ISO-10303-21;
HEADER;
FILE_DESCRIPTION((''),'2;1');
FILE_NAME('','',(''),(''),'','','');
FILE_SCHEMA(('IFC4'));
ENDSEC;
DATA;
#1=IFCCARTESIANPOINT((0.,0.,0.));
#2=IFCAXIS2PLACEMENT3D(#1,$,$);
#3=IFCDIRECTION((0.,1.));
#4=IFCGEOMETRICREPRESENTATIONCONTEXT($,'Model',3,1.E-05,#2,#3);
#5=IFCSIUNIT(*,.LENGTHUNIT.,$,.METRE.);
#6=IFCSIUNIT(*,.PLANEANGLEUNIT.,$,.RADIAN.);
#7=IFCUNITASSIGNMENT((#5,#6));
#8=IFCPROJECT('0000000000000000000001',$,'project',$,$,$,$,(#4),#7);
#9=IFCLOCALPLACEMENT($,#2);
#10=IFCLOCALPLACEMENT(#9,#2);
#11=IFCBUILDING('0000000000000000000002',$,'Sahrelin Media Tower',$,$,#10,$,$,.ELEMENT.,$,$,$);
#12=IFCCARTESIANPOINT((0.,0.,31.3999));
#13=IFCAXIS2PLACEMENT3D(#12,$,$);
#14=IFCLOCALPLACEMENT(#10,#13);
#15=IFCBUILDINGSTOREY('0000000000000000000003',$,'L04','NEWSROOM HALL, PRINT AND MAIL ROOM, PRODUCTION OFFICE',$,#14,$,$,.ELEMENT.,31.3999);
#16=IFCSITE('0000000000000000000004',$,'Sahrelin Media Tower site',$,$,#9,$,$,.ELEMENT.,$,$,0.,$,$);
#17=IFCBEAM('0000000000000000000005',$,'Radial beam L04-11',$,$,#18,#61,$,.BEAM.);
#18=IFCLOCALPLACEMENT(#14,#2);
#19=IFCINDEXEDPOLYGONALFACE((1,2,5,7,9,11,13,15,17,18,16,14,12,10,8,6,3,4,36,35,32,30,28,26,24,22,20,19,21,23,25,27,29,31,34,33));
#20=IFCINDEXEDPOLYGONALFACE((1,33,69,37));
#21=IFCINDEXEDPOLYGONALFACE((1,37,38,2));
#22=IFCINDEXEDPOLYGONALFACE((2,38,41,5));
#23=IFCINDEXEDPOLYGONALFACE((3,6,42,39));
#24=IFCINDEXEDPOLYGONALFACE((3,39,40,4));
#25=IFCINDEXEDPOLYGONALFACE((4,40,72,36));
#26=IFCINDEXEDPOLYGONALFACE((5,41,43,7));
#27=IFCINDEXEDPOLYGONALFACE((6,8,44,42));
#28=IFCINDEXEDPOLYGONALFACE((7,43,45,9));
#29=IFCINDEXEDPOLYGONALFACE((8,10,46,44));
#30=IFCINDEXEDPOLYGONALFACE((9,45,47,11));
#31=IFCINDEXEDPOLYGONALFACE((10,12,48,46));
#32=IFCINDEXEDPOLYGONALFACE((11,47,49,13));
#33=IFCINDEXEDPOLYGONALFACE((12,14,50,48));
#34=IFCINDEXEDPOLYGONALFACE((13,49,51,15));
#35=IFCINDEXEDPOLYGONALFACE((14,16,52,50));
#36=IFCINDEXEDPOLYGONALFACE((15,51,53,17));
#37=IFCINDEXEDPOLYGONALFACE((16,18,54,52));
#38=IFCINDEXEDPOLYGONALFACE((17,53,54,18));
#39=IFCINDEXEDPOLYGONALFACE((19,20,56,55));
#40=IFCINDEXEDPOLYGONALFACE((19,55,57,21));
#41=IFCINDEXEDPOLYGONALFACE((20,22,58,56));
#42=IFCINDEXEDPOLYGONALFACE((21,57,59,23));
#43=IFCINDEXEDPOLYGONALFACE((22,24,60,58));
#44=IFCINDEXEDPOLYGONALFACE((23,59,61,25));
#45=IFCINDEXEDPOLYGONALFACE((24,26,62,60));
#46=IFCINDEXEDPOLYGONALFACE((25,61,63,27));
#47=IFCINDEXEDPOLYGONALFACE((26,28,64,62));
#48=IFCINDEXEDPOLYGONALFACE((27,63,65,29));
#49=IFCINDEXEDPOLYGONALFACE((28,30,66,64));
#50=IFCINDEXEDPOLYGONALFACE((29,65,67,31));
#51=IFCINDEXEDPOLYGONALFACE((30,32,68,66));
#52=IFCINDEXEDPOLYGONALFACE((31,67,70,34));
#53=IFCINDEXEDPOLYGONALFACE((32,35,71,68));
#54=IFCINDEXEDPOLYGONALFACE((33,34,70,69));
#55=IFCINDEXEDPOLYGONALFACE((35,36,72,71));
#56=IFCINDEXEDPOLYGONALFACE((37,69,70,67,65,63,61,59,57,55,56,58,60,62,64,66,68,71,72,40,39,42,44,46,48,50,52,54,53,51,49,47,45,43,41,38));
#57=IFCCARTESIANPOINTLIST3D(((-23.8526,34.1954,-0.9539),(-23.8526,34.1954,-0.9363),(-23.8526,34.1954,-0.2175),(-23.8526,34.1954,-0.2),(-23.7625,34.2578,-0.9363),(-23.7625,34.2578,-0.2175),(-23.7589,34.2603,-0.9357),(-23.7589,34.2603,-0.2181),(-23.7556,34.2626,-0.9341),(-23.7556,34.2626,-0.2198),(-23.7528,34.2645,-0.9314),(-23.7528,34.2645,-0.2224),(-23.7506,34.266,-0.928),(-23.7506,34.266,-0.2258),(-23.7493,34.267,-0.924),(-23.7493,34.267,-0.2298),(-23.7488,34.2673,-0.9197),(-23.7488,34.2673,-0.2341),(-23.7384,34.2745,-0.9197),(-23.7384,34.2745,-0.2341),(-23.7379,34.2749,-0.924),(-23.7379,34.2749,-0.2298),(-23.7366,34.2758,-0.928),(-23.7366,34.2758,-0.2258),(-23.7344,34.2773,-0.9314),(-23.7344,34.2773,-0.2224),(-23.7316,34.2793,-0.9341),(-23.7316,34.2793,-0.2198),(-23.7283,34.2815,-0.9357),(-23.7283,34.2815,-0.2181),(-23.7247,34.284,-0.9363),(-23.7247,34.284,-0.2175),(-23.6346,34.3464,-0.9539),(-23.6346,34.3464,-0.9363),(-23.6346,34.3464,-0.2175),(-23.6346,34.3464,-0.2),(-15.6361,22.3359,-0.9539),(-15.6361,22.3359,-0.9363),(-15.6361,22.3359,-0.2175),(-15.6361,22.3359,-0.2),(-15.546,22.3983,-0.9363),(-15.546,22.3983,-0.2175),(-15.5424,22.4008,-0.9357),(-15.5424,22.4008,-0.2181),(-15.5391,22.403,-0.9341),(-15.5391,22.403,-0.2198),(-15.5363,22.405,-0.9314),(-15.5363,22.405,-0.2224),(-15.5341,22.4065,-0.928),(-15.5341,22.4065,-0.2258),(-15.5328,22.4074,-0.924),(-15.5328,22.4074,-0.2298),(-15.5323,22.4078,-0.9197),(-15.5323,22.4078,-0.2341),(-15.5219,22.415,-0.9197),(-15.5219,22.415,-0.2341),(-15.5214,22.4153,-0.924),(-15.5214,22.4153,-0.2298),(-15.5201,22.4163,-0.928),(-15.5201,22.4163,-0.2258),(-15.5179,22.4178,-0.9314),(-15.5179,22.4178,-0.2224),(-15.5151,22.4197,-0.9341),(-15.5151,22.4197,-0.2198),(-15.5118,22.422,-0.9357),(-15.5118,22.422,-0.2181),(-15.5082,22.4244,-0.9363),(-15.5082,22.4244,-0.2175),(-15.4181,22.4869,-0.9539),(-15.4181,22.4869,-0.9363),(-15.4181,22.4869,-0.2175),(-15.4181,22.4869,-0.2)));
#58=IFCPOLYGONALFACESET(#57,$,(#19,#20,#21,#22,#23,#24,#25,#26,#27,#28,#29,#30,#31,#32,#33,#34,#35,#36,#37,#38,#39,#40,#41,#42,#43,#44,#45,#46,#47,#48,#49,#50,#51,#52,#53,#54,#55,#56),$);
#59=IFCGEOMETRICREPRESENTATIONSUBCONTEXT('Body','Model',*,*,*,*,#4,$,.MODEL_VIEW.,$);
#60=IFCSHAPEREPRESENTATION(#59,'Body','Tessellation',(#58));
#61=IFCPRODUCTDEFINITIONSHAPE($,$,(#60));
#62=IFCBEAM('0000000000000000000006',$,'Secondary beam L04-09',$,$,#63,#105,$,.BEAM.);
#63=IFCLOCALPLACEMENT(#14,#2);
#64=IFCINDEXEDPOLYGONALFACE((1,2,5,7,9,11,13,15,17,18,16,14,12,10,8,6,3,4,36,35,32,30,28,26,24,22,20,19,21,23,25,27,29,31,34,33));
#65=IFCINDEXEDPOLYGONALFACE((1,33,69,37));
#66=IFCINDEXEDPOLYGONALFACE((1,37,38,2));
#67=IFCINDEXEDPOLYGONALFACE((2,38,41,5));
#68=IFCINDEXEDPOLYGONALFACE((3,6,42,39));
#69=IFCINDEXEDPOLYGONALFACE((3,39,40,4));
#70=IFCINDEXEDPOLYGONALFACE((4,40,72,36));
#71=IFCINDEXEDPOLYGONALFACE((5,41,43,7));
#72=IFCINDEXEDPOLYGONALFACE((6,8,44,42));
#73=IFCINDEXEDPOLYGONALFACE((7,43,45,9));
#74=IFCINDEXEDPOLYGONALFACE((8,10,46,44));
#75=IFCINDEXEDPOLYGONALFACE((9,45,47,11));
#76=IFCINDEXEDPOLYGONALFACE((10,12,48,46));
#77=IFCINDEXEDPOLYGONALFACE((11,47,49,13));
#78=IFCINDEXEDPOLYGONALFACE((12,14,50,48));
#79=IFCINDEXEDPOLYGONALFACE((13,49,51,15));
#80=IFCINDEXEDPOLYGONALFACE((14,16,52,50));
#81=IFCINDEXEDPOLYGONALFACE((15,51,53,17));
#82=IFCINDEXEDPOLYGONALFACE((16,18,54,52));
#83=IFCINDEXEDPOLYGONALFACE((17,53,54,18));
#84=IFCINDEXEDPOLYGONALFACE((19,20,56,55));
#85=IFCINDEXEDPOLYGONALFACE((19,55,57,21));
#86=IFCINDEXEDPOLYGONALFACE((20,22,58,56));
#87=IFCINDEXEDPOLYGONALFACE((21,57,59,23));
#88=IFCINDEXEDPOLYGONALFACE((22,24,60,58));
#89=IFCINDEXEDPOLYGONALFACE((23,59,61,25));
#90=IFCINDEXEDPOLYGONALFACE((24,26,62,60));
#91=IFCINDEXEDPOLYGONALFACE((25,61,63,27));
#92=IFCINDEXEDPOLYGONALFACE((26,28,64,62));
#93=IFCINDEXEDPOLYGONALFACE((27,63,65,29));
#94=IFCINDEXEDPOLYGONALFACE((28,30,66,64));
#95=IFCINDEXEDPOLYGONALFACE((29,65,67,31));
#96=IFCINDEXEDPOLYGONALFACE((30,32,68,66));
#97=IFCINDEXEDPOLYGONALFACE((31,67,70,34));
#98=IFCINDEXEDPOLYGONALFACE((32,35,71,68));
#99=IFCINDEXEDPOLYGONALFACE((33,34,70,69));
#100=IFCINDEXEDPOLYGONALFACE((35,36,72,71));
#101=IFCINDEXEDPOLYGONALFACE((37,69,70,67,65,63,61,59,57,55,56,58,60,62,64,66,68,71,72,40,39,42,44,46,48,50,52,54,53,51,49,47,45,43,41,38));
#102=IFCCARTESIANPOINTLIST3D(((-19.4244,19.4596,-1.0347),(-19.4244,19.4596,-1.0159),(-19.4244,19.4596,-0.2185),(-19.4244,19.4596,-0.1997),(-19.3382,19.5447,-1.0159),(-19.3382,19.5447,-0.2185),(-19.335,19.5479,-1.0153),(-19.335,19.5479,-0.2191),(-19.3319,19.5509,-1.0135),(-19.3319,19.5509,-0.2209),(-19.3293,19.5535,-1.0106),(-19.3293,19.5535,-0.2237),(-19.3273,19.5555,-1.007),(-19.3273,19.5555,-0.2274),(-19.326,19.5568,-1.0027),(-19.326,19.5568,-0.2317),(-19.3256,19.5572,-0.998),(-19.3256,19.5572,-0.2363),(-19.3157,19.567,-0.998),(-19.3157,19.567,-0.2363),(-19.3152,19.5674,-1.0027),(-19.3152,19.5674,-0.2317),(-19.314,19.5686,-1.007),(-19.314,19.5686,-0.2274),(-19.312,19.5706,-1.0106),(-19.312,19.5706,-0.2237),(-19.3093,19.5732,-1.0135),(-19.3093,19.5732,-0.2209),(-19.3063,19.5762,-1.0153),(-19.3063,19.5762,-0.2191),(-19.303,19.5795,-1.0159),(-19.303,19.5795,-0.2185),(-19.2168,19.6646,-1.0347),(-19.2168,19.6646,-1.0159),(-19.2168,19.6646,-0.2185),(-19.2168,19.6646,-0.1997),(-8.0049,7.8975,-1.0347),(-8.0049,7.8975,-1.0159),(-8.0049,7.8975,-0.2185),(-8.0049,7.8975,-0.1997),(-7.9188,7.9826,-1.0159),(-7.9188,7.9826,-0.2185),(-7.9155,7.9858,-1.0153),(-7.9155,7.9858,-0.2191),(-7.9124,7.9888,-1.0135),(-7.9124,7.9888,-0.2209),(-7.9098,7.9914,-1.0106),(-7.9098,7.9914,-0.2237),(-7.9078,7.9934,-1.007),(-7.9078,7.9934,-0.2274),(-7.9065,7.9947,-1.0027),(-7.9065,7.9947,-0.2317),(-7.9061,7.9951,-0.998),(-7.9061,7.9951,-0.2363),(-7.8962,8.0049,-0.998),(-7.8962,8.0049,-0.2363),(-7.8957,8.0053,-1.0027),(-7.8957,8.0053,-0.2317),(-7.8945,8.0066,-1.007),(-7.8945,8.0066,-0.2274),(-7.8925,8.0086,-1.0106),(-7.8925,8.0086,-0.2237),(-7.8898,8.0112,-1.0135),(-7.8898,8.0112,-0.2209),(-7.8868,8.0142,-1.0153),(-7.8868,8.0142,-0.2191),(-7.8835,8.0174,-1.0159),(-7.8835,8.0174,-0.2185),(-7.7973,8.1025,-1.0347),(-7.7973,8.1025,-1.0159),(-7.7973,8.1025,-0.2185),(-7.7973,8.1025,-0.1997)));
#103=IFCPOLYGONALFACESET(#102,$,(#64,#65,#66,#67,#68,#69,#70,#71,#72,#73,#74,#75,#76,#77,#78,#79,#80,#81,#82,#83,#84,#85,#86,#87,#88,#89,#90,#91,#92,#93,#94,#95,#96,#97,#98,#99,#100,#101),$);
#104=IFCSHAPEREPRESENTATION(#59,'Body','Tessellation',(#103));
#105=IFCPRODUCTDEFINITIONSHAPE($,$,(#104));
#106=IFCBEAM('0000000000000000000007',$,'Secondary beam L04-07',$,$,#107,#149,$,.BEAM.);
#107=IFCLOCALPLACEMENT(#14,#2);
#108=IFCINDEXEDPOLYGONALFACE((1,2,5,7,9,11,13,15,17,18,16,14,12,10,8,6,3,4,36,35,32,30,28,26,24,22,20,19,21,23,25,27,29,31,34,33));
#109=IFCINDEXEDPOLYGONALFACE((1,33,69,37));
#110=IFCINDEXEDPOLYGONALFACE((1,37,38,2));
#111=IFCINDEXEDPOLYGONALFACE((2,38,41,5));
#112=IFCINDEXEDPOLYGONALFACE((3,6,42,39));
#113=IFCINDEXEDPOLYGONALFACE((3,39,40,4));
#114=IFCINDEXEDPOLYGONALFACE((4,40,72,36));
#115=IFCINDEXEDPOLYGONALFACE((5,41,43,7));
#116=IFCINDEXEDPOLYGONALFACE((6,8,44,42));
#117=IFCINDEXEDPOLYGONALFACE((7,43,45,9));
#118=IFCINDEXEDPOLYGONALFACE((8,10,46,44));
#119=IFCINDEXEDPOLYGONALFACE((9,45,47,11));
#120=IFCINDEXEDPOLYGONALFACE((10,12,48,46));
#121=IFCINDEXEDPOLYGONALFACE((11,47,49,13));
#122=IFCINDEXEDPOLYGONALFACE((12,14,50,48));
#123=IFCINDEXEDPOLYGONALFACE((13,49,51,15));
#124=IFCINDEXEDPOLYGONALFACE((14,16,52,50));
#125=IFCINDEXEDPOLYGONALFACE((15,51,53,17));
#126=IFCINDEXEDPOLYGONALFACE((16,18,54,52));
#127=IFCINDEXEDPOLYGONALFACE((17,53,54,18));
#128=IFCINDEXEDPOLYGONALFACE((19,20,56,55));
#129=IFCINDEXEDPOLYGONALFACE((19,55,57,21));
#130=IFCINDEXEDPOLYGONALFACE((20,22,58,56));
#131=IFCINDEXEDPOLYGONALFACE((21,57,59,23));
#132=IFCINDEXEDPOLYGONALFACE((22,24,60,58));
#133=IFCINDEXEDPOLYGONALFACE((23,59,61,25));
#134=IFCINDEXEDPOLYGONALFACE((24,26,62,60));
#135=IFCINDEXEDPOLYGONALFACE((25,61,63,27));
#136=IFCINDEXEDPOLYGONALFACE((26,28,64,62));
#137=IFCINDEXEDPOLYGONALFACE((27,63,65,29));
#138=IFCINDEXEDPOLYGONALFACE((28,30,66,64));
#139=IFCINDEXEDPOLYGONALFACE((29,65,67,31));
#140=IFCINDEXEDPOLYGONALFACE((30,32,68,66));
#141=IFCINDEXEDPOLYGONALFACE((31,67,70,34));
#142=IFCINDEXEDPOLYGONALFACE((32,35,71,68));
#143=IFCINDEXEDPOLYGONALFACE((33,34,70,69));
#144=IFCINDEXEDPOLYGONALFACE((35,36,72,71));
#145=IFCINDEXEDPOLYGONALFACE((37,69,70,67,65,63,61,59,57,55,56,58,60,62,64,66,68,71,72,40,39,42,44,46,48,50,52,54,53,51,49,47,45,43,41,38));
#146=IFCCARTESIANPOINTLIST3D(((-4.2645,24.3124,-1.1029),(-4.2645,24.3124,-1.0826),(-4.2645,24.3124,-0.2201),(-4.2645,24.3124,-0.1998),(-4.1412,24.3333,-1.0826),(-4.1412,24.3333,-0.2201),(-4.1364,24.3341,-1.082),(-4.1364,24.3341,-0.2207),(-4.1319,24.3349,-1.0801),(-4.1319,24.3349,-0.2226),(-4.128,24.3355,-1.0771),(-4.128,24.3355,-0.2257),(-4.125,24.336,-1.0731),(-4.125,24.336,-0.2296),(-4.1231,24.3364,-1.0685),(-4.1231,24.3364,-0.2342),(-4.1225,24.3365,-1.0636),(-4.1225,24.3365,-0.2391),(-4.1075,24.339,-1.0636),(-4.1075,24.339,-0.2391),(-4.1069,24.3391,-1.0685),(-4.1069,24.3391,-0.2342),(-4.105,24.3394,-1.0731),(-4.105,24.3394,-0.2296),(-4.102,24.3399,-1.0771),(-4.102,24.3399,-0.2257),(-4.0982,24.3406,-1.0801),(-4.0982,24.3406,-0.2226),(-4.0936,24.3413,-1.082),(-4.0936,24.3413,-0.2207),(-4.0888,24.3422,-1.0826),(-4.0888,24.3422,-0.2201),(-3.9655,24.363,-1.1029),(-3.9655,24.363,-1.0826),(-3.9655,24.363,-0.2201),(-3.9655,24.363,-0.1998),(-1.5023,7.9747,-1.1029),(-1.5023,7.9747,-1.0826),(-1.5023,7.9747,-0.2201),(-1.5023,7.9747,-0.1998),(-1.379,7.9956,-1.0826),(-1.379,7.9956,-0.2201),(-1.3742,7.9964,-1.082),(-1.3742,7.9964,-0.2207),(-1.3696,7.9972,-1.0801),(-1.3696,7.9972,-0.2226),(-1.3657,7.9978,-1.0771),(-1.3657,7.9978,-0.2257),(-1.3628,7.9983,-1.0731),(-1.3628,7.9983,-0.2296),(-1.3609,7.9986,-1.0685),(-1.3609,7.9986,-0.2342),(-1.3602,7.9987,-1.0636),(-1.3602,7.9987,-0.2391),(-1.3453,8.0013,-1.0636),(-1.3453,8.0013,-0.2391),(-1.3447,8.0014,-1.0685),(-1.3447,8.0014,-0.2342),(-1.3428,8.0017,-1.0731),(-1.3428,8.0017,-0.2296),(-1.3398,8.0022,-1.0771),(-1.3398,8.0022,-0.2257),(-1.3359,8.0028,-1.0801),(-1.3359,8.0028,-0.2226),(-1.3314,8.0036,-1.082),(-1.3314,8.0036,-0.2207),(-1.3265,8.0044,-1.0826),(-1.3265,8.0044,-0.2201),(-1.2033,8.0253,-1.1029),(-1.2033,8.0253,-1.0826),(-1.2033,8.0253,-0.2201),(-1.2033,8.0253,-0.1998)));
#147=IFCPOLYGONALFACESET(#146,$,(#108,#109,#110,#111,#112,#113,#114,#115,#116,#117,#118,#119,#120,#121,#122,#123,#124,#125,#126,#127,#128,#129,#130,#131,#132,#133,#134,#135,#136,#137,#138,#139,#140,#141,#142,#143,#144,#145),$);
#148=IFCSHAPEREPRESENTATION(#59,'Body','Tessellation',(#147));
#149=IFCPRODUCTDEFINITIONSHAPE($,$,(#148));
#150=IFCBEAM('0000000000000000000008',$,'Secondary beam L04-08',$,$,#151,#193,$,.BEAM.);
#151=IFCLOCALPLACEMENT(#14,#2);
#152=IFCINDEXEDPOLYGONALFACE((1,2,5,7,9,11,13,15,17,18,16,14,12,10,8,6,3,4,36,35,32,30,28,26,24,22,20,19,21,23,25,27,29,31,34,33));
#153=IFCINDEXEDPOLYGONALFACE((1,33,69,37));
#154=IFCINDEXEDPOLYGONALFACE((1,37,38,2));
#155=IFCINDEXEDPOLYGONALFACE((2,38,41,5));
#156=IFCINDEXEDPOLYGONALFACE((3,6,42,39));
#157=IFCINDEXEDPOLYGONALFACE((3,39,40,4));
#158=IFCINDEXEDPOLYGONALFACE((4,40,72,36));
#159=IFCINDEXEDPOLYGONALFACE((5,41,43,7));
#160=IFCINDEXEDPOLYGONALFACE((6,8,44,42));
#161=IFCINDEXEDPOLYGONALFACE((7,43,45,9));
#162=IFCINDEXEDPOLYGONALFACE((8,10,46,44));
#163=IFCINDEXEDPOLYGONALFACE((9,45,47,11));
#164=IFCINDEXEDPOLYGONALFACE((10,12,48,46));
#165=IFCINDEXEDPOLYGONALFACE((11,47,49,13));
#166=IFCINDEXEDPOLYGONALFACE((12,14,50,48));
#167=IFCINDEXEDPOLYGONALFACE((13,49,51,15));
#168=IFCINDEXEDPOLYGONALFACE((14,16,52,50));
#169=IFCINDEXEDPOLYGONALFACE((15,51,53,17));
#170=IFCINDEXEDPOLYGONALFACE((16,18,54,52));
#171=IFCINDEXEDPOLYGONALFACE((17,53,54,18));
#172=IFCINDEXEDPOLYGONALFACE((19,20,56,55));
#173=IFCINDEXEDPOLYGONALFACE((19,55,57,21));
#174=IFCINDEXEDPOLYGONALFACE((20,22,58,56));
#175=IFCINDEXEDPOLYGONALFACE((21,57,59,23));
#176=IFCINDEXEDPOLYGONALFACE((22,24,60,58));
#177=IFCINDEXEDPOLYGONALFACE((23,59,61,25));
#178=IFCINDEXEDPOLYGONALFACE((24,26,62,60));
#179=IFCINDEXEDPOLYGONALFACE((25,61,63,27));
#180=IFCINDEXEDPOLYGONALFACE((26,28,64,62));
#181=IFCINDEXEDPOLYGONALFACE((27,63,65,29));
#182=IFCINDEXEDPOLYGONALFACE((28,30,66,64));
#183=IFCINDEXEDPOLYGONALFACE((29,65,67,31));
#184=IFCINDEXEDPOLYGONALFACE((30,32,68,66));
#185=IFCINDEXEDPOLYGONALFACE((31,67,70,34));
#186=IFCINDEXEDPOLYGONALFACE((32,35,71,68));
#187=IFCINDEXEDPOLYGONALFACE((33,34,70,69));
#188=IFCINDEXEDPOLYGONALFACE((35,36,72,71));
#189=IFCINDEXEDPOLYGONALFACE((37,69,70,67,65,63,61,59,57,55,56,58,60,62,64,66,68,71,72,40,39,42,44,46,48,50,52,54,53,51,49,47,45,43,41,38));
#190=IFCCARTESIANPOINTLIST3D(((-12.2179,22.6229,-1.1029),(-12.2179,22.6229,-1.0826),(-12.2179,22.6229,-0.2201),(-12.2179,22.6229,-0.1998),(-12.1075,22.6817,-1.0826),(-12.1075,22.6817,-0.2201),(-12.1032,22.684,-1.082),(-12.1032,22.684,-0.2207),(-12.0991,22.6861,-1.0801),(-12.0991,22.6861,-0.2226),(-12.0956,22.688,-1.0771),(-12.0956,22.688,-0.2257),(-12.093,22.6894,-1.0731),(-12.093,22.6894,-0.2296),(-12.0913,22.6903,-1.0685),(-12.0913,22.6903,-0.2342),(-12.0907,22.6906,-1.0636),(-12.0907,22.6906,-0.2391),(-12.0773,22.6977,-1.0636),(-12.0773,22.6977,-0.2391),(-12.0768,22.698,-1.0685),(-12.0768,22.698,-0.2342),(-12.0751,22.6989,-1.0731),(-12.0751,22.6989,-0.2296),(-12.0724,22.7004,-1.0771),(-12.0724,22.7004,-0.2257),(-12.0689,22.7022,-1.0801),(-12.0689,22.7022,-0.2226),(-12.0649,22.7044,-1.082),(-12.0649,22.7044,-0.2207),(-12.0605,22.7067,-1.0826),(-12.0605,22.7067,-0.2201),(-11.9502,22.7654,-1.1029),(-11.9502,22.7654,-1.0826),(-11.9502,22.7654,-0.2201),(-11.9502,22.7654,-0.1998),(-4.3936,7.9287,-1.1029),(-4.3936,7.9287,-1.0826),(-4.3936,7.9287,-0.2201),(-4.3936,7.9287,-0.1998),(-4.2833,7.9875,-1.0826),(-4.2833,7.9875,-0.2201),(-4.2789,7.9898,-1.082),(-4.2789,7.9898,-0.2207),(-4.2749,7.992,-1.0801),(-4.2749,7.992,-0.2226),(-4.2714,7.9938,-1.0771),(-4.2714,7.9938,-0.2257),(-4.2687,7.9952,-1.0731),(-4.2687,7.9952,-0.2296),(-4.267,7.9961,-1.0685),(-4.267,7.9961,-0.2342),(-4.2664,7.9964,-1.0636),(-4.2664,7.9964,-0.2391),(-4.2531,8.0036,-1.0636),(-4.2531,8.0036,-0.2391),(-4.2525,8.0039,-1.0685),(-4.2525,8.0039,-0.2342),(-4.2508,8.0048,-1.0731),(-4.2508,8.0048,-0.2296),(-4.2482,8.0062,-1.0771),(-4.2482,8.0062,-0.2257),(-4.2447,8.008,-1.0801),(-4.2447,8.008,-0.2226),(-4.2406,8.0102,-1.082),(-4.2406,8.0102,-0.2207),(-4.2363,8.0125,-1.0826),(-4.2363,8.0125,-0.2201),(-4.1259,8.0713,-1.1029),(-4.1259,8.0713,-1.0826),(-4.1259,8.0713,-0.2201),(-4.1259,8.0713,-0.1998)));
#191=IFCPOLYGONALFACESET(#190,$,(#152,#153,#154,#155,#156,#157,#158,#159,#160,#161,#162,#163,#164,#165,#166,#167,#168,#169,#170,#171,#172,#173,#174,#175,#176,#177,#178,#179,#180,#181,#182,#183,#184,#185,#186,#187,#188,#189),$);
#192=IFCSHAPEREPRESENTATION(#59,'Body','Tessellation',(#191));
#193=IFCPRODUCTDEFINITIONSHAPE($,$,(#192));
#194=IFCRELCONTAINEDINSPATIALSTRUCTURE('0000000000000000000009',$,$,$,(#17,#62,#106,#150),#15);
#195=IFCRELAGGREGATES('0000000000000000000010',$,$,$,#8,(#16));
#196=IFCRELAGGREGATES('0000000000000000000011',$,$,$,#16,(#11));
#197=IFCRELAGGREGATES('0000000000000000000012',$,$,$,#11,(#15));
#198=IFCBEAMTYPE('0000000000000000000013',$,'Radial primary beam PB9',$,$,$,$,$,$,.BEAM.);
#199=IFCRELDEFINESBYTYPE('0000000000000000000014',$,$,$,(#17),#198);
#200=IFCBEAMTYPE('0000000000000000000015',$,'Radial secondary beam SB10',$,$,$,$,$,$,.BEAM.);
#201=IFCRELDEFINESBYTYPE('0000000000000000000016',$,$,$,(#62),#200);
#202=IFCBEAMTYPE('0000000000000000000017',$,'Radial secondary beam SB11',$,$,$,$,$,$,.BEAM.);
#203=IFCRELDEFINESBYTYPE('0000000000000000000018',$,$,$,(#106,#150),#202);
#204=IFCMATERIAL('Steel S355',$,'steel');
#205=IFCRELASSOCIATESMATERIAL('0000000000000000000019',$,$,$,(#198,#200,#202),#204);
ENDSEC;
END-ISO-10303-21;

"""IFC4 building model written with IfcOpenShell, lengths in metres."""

from ifc_helpers import new_model, si_unit, direction, frame, origin, origin_2d, place, context, subcontext, project, spatial, i_section, extrude, material, material_profile, profile_set, type_object, element, save


model = new_model("IFC4")

# Units and contexts
model_context = context("Model", 3, precision=1e-05, world=origin(), true_north=direction((0.0, 1.0)))
body_context = subcontext(model_context, "Body", "Model", "MODEL_VIEW")
ifc_project = project(units=[si_unit("LENGTHUNIT", "METRE"), si_unit("PLANEANGLEUNIT", "RADIAN")], contexts=[model_context])

# Site, building, storey
site_placement = place(None, origin())
site = spatial("IfcSite", under=ifc_project, at=site_placement, Name="Sahrelin Media Tower site", CompositionType="ELEMENT", RefElevation=0.0)
building_placement = place(site_placement, origin())
building = spatial("IfcBuilding", under=site, at=building_placement, Name="Sahrelin Media Tower", CompositionType="ELEMENT")
storey_placement = place(building_placement, frame((0.0, 0.0, 31.3999)))
storey = spatial("IfcBuildingStorey", under=building, at=storey_placement, Name="L04", Description="NEWSROOM HALL, PRINT AND MAIL ROOM, PRODUCTION OFFICE", CompositionType="ELEMENT", Elevation=31.3999)

# Beams
ifc_material_1 = material(Name="Steel S355", Category="steel")
ifc_material_profile_1 = material_profile(ifc_material_1, i_section(OverallWidth=0.2651, OverallDepth=0.7539, WebThickness=0.0127, FlangeThickness=0.0176, FilletRadius=0.0166, at=origin_2d()), Name="UB 762x267x147")
ifc_profile_set_1 = profile_set([ifc_material_profile_1], Name="Steel S355")
beam_type_1 = type_object("IfcBeamType", Name="Radial primary beam PB9", PredefinedType="BEAM", material=ifc_profile_set_1)
beam_1_placement = place(storey_placement, frame((-15.5271, 22.4114, -0.5769), z_axis=(-0.569493, 0.821996, 0.0), x_axis=(-0.821996, -0.569493, 0.0)))
element("IfcBeam", 1, at=beam_1_placement, inside=storey, type_object=beam_type_1, Name="Radial beam L04-11", PredefinedType="BEAM", context=body_context, shape_type="SweptSolid", body=[
    extrude(i_section(OverallWidth=0.2651, OverallDepth=0.7539, WebThickness=0.0127, FlangeThickness=0.0176, FilletRadius=0.0166, at=origin_2d()), origin(), (0.0, 0.0, 1.0), 14.4277),
])
ifc_material_profile_2 = material_profile(ifc_material_1, i_section(OverallWidth=0.2917, OverallDepth=0.835, WebThickness=0.0139, FlangeThickness=0.0188, FilletRadius=0.0178, at=origin_2d()), Name="UB 838x292x176")
ifc_profile_set_2 = profile_set([ifc_material_profile_2], Name="Steel S355")
beam_type_2 = type_object("IfcBeamType", Name="Radial secondary beam SB10", PredefinedType="BEAM", material=ifc_profile_set_2)
beam_2_placement = place(storey_placement, frame((-7.9011, 8.0, -0.6172), z_axis=(-0.702706, 0.71148, 0.0), x_axis=(-0.71148, -0.702706, 0.0)))
element("IfcBeam", 2, at=beam_2_placement, inside=storey, type_object=beam_type_2, Name="Secondary beam L04-09", PredefinedType="BEAM", context=body_context, shape_type="SweptSolid", body=[
    extrude(i_section(OverallWidth=0.2917, OverallDepth=0.835, WebThickness=0.0139, FlangeThickness=0.0188, FilletRadius=0.0178, at=origin_2d()), origin(), (0.0, 0.0, 1.0), 16.2507),
])
ifc_material_profile_3 = material_profile(ifc_material_1, i_section(OverallWidth=0.3032, OverallDepth=0.9031, WebThickness=0.0151, FlangeThickness=0.0203, FilletRadius=0.019, at=origin_2d()), Name="UB 914x305x201")
ifc_profile_set_3 = profile_set([ifc_material_profile_3], Name="Steel S355")
beam_type_3 = type_object("IfcBeamType", Name="Radial secondary beam SB11", PredefinedType="BEAM", material=ifc_profile_set_3)
beam_3_placement = place(storey_placement, frame((-1.3528, 8.0, -0.6514), z_axis=(-0.166704, 0.986007, 0.0), x_axis=(-0.986007, -0.166704, 0.0)))
element("IfcBeam", 3, at=beam_3_placement, inside=storey, type_object=beam_type_3, Name="Secondary beam L04-07", PredefinedType="BEAM", context=body_context, shape_type="SweptSolid", body=[
    extrude(i_section(OverallWidth=0.3032, OverallDepth=0.9031, WebThickness=0.0151, FlangeThickness=0.0203, FilletRadius=0.019, at=origin_2d()), origin(), (0.0, 0.0, 1.0), 16.5696),
])
beam_4_placement = place(storey_placement, frame((-4.2598, 8.0, -0.6514), z_axis=(-0.469997, 0.882668, 0.0), x_axis=(-0.882668, -0.469997, 0.0)))
element("IfcBeam", 4, at=beam_4_placement, inside=storey, type_object=beam_type_3, Name="Secondary beam L04-08", PredefinedType="BEAM", context=body_context, shape_type="SweptSolid", body=[
    extrude(i_section(OverallWidth=0.3032, OverallDepth=0.9031, WebThickness=0.0151, FlangeThickness=0.0203, FilletRadius=0.019, at=origin_2d()), origin(), (0.0, 0.0, 1.0), 16.6475),
])

save(model, "model.ifc")
